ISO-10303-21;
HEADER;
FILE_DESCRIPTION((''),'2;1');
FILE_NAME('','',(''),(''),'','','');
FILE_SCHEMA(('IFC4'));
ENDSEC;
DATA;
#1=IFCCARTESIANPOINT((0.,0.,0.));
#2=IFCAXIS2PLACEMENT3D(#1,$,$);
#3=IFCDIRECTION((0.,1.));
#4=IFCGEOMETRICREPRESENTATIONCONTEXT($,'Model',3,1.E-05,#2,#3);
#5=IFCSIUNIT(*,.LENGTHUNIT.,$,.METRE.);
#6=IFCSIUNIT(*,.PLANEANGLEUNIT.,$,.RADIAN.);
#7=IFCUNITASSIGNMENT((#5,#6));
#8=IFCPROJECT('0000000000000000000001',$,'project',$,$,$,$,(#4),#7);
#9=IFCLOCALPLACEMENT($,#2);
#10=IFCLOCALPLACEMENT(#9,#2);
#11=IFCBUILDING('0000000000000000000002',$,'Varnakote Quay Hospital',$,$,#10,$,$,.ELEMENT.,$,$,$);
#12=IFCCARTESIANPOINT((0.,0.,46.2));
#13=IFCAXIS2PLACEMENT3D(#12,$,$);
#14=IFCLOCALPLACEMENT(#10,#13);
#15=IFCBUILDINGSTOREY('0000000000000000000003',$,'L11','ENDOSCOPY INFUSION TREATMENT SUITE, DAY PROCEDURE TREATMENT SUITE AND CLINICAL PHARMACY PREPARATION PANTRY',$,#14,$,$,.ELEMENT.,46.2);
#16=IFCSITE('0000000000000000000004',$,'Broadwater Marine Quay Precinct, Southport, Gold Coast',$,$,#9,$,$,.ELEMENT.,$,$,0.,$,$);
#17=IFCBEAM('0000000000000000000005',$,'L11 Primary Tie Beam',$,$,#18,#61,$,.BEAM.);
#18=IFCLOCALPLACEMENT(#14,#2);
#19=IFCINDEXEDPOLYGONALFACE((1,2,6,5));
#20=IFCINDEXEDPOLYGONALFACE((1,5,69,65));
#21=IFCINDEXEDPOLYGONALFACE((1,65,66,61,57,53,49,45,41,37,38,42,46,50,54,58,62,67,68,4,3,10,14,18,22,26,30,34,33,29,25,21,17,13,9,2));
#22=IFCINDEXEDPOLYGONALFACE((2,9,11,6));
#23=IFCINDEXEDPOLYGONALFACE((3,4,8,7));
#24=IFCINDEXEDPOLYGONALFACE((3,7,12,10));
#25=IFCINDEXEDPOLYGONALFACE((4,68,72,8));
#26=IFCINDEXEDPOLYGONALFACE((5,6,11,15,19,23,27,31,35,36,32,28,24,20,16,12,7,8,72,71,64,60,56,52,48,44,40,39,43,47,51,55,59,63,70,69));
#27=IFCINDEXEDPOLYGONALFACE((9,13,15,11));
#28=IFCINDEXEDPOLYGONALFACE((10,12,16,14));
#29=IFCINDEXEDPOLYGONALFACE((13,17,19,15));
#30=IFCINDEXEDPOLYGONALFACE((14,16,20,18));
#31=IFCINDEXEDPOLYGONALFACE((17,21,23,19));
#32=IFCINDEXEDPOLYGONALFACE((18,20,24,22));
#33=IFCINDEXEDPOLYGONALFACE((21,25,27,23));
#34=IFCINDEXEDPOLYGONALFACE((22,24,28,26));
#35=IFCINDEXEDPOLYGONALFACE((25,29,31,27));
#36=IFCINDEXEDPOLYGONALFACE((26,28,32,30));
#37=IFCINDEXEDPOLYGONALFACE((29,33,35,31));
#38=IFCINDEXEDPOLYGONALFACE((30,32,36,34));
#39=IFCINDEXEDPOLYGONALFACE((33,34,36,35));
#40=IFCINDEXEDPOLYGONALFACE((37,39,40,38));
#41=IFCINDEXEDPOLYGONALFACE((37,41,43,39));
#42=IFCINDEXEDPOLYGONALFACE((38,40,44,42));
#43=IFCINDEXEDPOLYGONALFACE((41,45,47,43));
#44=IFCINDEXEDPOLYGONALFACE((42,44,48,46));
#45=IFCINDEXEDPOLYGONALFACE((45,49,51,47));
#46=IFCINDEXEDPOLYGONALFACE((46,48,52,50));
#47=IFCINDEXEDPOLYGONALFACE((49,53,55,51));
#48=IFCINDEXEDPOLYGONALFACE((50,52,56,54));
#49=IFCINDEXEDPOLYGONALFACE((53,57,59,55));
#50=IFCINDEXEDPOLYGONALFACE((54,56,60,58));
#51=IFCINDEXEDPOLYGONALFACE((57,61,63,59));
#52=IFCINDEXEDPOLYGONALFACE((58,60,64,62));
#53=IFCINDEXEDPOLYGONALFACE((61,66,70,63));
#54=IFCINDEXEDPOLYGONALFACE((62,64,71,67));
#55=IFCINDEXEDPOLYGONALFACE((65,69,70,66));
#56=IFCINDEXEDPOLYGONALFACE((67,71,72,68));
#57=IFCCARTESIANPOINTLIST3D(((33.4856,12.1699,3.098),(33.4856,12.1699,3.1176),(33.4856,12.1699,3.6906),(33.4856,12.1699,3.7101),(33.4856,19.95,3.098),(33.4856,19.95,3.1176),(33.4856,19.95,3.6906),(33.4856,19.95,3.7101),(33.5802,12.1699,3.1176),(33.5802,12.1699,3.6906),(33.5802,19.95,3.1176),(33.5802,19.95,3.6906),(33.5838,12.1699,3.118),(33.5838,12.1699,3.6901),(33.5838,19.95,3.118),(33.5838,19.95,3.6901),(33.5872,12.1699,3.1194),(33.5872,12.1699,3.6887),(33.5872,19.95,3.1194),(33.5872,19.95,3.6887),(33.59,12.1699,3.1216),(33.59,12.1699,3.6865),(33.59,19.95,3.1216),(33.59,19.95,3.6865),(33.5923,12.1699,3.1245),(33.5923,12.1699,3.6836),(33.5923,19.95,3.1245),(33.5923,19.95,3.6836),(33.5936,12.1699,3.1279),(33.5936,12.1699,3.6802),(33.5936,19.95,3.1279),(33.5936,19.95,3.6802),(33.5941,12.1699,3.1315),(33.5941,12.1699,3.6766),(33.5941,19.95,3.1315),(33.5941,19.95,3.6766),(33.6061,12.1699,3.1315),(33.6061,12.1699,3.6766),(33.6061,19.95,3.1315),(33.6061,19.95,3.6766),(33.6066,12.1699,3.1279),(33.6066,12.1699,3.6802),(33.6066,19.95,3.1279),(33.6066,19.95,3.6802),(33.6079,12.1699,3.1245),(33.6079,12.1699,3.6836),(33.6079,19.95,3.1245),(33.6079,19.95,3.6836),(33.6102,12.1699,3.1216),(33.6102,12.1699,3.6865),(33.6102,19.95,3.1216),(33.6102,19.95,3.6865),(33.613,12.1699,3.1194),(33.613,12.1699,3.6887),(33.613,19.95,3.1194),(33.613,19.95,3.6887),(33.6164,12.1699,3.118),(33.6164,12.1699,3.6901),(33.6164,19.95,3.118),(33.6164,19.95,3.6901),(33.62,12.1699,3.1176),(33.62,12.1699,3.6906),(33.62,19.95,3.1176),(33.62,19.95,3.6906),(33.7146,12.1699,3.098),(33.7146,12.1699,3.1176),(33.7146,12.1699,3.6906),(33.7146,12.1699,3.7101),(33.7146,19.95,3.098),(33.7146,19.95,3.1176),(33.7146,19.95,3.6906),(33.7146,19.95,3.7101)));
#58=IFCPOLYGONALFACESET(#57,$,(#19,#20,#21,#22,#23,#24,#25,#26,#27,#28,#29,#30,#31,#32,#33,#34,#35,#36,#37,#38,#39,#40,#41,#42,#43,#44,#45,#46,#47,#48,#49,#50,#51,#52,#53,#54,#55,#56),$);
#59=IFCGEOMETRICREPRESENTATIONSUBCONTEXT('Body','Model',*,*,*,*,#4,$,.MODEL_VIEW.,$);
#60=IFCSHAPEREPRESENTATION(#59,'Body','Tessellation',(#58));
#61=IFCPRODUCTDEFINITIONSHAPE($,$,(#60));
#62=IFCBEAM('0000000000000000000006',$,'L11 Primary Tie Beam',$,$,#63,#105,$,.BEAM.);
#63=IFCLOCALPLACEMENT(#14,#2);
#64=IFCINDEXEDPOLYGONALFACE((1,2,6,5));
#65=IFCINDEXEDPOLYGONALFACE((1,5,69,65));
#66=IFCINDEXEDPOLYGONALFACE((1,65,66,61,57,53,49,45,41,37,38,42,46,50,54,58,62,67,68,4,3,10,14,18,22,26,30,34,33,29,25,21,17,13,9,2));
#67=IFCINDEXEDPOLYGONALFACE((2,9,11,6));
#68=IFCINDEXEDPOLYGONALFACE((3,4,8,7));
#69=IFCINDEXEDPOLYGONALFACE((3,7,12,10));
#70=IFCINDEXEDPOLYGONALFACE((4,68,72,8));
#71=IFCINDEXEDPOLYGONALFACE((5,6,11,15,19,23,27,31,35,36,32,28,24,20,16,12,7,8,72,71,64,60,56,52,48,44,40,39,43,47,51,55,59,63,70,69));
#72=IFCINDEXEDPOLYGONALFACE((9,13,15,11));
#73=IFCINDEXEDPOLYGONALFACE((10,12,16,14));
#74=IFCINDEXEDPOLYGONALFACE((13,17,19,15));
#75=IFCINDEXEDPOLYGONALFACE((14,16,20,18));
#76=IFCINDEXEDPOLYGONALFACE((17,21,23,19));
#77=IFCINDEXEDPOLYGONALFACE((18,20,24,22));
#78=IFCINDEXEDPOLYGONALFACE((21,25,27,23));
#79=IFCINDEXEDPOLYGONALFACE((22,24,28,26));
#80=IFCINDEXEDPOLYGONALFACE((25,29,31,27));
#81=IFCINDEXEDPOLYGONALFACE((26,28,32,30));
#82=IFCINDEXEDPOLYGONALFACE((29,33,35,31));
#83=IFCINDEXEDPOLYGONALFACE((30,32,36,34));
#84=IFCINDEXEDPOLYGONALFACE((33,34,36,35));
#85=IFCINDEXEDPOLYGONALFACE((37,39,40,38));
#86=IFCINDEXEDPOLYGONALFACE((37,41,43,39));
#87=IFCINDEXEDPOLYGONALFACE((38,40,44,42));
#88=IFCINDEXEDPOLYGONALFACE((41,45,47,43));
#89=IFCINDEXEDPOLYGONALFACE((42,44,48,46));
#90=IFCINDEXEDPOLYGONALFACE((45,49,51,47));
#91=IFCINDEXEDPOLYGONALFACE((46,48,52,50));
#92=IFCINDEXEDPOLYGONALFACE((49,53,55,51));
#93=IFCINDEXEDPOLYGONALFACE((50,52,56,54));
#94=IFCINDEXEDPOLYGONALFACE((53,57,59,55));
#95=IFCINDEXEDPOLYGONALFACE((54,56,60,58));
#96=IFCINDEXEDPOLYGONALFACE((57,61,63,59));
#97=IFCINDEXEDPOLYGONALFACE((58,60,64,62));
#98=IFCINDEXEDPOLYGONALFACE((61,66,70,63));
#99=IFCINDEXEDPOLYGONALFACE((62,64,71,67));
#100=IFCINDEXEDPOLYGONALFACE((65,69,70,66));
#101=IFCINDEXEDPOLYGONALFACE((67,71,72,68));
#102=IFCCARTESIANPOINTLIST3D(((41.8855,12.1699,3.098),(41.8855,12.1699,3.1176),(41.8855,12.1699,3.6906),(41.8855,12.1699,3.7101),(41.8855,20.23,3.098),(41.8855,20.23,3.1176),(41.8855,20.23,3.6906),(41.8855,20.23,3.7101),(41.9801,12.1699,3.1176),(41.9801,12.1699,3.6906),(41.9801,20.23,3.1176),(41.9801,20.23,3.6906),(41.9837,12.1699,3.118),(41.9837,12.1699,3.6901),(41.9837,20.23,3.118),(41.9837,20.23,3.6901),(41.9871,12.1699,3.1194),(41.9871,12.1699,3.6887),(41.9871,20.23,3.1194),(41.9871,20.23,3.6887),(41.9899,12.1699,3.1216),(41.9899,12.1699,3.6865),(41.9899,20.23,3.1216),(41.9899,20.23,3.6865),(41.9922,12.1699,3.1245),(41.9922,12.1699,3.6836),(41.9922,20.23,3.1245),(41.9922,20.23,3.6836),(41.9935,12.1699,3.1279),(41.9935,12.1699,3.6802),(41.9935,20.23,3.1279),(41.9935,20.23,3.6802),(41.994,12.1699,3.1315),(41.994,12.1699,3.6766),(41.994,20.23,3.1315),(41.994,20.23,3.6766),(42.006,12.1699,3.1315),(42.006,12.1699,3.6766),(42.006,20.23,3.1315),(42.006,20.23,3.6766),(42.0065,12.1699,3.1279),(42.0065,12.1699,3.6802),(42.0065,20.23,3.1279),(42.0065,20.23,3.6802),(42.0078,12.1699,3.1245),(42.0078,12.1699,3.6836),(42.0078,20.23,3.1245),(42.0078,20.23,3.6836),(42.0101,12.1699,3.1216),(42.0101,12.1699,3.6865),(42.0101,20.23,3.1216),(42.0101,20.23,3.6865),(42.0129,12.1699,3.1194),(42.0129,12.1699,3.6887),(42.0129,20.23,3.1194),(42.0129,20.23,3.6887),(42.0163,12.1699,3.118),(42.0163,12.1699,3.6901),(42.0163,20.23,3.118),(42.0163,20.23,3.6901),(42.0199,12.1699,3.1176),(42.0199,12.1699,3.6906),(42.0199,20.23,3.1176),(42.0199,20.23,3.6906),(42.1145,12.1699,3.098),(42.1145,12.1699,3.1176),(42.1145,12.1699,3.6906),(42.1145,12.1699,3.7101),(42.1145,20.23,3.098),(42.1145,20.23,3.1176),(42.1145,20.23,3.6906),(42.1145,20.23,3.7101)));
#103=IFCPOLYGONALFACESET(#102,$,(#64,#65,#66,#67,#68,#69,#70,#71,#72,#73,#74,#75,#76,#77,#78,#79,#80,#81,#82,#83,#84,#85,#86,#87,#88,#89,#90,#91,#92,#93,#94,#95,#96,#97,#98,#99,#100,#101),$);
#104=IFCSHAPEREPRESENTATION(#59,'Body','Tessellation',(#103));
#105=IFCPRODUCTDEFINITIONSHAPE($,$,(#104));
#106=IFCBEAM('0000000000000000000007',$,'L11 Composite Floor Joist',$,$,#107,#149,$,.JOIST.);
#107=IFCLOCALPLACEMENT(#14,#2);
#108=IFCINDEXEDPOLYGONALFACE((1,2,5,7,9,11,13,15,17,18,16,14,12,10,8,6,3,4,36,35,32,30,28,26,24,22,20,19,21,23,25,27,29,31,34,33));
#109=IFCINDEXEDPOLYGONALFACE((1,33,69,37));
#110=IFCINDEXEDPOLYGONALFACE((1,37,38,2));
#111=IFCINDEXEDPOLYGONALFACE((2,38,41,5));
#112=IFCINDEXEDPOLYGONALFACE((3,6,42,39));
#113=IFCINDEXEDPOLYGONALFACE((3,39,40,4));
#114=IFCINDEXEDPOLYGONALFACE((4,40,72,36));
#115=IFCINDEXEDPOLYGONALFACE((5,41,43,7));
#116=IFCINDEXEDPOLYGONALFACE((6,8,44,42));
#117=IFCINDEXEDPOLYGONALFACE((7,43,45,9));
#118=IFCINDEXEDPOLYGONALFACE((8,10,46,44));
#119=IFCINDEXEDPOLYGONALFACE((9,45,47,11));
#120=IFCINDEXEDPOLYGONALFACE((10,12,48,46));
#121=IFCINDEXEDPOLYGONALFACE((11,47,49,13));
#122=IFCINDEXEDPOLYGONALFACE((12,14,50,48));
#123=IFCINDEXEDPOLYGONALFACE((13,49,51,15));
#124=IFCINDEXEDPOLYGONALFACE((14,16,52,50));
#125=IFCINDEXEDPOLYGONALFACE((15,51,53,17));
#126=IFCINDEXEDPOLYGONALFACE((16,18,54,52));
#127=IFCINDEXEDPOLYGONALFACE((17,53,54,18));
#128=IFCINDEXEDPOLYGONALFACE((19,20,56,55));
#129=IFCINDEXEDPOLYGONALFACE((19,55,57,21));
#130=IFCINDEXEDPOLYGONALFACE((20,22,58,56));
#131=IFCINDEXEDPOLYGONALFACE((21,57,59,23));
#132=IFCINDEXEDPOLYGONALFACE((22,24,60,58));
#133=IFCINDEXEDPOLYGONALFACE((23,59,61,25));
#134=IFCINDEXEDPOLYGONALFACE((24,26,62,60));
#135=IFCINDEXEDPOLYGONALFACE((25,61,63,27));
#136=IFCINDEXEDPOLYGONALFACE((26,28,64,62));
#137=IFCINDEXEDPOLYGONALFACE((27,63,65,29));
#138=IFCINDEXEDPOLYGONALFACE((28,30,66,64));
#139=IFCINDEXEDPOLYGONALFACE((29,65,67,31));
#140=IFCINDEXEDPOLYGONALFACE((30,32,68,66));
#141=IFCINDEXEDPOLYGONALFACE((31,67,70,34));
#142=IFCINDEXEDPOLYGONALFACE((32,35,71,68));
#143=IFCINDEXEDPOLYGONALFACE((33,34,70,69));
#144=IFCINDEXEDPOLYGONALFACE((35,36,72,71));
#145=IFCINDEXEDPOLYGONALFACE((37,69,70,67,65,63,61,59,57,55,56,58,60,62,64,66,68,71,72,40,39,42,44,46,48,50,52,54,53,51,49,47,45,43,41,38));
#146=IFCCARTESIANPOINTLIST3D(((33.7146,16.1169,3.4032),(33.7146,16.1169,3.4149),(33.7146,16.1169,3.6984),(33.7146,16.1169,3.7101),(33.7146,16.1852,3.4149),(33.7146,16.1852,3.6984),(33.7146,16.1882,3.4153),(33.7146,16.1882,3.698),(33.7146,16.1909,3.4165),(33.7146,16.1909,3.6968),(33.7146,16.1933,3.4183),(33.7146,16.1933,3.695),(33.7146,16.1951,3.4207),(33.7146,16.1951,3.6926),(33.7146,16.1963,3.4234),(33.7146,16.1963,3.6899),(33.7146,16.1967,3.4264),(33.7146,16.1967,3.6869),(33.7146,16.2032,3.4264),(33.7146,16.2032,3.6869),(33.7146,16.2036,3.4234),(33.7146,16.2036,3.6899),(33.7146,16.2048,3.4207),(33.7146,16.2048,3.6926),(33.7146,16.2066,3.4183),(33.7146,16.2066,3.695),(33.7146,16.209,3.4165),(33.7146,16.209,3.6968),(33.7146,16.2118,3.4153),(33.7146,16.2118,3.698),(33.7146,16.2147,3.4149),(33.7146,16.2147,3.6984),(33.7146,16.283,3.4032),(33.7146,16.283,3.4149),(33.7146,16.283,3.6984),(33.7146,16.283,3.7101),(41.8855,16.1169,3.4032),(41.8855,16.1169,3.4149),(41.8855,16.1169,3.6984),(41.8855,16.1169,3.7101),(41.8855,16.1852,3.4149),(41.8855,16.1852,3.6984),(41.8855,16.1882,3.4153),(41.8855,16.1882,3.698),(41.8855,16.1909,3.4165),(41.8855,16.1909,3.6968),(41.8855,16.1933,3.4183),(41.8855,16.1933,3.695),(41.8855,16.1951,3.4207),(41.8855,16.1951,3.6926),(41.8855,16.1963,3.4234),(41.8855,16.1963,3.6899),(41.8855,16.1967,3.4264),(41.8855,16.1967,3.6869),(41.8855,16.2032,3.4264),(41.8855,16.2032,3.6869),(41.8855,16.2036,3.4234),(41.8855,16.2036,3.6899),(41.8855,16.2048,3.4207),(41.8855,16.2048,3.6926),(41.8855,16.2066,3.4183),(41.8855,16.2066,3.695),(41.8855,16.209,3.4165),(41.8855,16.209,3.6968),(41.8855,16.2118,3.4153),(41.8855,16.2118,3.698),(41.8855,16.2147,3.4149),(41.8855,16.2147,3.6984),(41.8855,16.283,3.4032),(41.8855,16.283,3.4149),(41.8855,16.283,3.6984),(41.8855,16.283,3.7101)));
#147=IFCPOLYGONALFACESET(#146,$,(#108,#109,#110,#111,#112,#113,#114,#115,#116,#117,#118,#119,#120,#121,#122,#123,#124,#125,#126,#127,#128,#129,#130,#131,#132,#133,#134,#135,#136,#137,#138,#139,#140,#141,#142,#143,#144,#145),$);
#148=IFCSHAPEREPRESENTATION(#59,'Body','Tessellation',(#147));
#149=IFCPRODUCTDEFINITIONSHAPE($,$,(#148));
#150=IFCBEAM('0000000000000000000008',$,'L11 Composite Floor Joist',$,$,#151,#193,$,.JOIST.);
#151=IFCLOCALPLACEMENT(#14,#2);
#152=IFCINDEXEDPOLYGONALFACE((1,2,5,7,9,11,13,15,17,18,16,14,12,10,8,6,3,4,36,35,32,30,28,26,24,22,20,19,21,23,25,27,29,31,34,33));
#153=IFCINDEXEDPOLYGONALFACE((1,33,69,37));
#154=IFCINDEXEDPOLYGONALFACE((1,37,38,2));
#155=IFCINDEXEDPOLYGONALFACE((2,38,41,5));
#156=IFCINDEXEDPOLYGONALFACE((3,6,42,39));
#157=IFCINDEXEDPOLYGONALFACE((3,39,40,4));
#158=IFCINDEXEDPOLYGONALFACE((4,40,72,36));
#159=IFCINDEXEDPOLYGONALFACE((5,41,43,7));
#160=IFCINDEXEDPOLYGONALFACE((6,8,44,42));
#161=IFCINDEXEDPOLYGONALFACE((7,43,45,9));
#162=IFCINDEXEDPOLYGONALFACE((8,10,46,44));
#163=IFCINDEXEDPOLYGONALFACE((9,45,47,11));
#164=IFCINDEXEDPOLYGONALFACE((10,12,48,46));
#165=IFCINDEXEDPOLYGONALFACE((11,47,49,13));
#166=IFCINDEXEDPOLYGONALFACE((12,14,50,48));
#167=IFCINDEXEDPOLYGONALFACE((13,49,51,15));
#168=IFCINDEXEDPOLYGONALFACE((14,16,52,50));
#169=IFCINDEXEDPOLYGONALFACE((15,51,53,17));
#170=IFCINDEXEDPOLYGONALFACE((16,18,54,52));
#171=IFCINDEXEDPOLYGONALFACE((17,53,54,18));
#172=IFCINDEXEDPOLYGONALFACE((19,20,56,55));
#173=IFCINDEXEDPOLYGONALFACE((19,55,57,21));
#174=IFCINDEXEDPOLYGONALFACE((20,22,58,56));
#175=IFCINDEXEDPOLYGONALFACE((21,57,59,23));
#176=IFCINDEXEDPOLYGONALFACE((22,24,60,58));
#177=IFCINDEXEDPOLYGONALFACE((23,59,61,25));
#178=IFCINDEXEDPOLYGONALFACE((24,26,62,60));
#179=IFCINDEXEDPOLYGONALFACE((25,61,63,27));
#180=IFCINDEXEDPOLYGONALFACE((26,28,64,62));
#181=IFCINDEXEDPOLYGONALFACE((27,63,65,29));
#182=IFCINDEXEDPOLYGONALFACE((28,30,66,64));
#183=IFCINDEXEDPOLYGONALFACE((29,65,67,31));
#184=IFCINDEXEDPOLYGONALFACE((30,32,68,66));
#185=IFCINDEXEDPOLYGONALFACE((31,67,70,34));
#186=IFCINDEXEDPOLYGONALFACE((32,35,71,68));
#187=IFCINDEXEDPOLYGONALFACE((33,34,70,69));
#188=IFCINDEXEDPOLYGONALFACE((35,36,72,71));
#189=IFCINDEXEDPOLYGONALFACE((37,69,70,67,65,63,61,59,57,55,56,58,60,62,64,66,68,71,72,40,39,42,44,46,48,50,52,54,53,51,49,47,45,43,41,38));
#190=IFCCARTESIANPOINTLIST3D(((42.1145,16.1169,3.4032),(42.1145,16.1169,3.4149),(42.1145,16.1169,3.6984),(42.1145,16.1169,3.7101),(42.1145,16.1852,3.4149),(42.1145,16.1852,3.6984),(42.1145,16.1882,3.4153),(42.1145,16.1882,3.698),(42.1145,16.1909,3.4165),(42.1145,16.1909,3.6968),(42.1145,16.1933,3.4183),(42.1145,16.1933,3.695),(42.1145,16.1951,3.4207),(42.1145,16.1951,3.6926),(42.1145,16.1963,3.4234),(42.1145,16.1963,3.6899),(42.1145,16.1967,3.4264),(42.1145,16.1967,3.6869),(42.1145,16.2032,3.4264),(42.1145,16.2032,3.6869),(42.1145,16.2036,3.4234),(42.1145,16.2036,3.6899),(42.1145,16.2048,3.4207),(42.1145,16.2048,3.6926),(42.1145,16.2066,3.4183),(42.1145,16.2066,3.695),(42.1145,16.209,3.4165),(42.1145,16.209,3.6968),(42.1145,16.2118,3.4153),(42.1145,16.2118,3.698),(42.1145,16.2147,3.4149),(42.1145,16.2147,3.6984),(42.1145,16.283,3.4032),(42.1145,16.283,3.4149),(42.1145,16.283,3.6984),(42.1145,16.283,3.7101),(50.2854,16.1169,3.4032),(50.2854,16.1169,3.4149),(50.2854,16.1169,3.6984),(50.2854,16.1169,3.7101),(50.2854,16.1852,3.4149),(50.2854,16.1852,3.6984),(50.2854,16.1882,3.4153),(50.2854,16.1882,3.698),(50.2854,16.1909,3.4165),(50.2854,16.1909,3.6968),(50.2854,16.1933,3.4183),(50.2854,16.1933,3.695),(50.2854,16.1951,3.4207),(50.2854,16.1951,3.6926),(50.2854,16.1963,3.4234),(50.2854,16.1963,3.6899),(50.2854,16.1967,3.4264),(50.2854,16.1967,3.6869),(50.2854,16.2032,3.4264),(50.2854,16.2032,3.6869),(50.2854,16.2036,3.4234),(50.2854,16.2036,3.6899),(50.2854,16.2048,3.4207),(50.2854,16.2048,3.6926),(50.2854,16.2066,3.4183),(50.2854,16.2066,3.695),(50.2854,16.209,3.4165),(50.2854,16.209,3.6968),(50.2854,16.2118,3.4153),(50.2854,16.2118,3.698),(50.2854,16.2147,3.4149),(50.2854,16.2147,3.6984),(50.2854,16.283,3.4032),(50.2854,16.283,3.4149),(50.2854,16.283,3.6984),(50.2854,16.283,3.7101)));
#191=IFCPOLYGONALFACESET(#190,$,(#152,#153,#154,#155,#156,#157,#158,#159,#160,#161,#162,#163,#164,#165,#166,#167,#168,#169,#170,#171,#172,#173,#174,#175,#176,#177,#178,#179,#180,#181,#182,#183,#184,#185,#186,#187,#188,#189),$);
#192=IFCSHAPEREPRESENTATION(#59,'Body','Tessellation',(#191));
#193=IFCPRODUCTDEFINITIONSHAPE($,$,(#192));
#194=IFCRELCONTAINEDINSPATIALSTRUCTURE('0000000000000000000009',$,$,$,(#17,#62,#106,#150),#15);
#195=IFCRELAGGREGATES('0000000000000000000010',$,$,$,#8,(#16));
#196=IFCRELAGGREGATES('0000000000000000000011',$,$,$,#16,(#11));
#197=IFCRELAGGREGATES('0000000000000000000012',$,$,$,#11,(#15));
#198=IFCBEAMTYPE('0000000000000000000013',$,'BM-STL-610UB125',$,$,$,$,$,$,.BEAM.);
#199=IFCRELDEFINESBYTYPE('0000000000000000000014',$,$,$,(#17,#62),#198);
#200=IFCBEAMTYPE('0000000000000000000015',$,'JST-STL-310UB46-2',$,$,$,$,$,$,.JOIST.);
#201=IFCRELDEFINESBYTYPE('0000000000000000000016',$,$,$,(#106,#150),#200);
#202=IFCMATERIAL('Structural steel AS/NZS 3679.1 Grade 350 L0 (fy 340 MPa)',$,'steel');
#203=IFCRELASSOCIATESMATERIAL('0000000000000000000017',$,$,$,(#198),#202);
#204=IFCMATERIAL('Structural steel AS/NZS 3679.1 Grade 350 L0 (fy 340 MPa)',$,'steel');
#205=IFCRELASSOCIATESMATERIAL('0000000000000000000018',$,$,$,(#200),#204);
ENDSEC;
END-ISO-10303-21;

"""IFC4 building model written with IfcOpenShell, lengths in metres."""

from ifc_helpers import new_model, si_unit, direction, frame, origin, origin_2d, place, context, subcontext, project, spatial, i_section, extrude, material, material_profile, profile_set, type_object, element, save


model = new_model("IFC4")

# Units and contexts
model_context = context("Model", 3, precision=1e-05, world=origin(), true_north=direction((0.0, 1.0)))
body_context = subcontext(model_context, "Body", "Model", "MODEL_VIEW")
ifc_project = project(units=[si_unit("LENGTHUNIT", "METRE"), si_unit("PLANEANGLEUNIT", "RADIAN")], contexts=[model_context])

# Site, building, storey
site_placement = place(None, origin())
site = spatial("IfcSite", under=ifc_project, at=site_placement, Name="Broadwater Marine Quay Precinct, Southport, Gold Coast", CompositionType="ELEMENT", RefElevation=0.0)
building_placement = place(site_placement, origin())
building = spatial("IfcBuilding", under=site, at=building_placement, Name="Varnakote Quay Hospital", CompositionType="ELEMENT")
storey_placement = place(building_placement, frame((0.0, 0.0, 46.2)))
storey = spatial("IfcBuildingStorey", under=building, at=storey_placement, Name="L11", Description="ENDOSCOPY INFUSION TREATMENT SUITE, DAY PROCEDURE TREATMENT SUITE AND CLINICAL PHARMACY PREPARATION PANTRY", CompositionType="ELEMENT", Elevation=46.2)

# Beams
ifc_material_1 = material(Name="Structural steel AS/NZS 3679.1 Grade 350 L0 (fy 340 MPa)", Category="steel")
ifc_material_profile_1 = material_profile(ifc_material_1, i_section(OverallWidth=0.229, OverallDepth=0.6121, WebThickness=0.012, FlangeThickness=0.0195, FilletRadius=0.0139, at=origin_2d()), Name="610UB125")
ifc_profile_set_1 = profile_set([ifc_material_profile_1], Name="Structural steel AS/NZS 3679.1 Grade 350 L0 (fy 340 MPa)")
beam_type_1 = type_object("IfcBeamType", Name="BM-STL-610UB125", PredefinedType="BEAM", material=ifc_profile_set_1)
beam_1_placement = place(storey_placement, frame((33.6001, 12.1699, 3.4041), z_axis=(0.0, 1.0, 0.0), x_axis=(-1.0, 0.0, 0.0)))
element("IfcBeam", 1, at=beam_1_placement, inside=storey, type_object=beam_type_1, Name="L11 Primary Tie Beam", PredefinedType="BEAM", context=body_context, shape_type="SweptSolid", body=[
    extrude(i_section(OverallWidth=0.229, OverallDepth=0.6121, WebThickness=0.012, FlangeThickness=0.0195, FilletRadius=0.0139, at=origin_2d()), origin(), (0.0, 0.0, 1.0), 7.78),
])
beam_2_placement = place(storey_placement, frame((42.0, 12.1699, 3.4041), z_axis=(0.0, 1.0, 0.0), x_axis=(-1.0, 0.0, 0.0)))
element("IfcBeam", 2, at=beam_2_placement, inside=storey, type_object=beam_type_1, Name="L11 Primary Tie Beam", PredefinedType="BEAM", context=body_context, shape_type="SweptSolid", body=[
    extrude(i_section(OverallWidth=0.229, OverallDepth=0.6121, WebThickness=0.012, FlangeThickness=0.0195, FilletRadius=0.0139, at=origin_2d()), origin(), (0.0, 0.0, 1.0), 8.0601),
])
ifc_material_2 = material(Name="Structural steel AS/NZS 3679.1 Grade 350 L0 (fy 340 MPa)", Category="steel")
ifc_material_profile_2 = material_profile(ifc_material_2, i_section(OverallWidth=0.166, OverallDepth=0.3069, WebThickness=0.0066, FlangeThickness=0.0117, FilletRadius=0.0115, at=origin_2d()), Name="310UB46.2")
ifc_profile_set_2 = profile_set([ifc_material_profile_2], Name="Structural steel AS/NZS 3679.1 Grade 350 L0 (fy 340 MPa)")
beam_type_2 = type_object("IfcBeamType", Name="JST-STL-310UB46-2", PredefinedType="JOIST", material=ifc_profile_set_2)
for number, where, z_axis, x_axis, name in (
    (3, (33.7146, 16.2, 3.5566), (1.0, 0.0, 0.0), (0.0, 1.0, 0.0), "L11 Composite Floor Joist"),
    (4, (42.1145, 16.2, 3.5566), (1.0, 0.0, 0.0), (0.0, 1.0, 0.0), "L11 Composite Floor Joist"),
):
    element("IfcBeam", number, at=place(storey_placement, frame(where, z_axis=z_axis, x_axis=x_axis)), inside=storey, type_object=beam_type_2, Name=name, PredefinedType="JOIST", context=body_context, shape_type="SweptSolid", body=[
        extrude(i_section(OverallWidth=0.166, OverallDepth=0.3069, WebThickness=0.0066, FlangeThickness=0.0117, FilletRadius=0.0115, at=origin_2d()), origin(), (0.0, 0.0, 1.0), 8.1709),
    ])

save(model, "model.ifc")
